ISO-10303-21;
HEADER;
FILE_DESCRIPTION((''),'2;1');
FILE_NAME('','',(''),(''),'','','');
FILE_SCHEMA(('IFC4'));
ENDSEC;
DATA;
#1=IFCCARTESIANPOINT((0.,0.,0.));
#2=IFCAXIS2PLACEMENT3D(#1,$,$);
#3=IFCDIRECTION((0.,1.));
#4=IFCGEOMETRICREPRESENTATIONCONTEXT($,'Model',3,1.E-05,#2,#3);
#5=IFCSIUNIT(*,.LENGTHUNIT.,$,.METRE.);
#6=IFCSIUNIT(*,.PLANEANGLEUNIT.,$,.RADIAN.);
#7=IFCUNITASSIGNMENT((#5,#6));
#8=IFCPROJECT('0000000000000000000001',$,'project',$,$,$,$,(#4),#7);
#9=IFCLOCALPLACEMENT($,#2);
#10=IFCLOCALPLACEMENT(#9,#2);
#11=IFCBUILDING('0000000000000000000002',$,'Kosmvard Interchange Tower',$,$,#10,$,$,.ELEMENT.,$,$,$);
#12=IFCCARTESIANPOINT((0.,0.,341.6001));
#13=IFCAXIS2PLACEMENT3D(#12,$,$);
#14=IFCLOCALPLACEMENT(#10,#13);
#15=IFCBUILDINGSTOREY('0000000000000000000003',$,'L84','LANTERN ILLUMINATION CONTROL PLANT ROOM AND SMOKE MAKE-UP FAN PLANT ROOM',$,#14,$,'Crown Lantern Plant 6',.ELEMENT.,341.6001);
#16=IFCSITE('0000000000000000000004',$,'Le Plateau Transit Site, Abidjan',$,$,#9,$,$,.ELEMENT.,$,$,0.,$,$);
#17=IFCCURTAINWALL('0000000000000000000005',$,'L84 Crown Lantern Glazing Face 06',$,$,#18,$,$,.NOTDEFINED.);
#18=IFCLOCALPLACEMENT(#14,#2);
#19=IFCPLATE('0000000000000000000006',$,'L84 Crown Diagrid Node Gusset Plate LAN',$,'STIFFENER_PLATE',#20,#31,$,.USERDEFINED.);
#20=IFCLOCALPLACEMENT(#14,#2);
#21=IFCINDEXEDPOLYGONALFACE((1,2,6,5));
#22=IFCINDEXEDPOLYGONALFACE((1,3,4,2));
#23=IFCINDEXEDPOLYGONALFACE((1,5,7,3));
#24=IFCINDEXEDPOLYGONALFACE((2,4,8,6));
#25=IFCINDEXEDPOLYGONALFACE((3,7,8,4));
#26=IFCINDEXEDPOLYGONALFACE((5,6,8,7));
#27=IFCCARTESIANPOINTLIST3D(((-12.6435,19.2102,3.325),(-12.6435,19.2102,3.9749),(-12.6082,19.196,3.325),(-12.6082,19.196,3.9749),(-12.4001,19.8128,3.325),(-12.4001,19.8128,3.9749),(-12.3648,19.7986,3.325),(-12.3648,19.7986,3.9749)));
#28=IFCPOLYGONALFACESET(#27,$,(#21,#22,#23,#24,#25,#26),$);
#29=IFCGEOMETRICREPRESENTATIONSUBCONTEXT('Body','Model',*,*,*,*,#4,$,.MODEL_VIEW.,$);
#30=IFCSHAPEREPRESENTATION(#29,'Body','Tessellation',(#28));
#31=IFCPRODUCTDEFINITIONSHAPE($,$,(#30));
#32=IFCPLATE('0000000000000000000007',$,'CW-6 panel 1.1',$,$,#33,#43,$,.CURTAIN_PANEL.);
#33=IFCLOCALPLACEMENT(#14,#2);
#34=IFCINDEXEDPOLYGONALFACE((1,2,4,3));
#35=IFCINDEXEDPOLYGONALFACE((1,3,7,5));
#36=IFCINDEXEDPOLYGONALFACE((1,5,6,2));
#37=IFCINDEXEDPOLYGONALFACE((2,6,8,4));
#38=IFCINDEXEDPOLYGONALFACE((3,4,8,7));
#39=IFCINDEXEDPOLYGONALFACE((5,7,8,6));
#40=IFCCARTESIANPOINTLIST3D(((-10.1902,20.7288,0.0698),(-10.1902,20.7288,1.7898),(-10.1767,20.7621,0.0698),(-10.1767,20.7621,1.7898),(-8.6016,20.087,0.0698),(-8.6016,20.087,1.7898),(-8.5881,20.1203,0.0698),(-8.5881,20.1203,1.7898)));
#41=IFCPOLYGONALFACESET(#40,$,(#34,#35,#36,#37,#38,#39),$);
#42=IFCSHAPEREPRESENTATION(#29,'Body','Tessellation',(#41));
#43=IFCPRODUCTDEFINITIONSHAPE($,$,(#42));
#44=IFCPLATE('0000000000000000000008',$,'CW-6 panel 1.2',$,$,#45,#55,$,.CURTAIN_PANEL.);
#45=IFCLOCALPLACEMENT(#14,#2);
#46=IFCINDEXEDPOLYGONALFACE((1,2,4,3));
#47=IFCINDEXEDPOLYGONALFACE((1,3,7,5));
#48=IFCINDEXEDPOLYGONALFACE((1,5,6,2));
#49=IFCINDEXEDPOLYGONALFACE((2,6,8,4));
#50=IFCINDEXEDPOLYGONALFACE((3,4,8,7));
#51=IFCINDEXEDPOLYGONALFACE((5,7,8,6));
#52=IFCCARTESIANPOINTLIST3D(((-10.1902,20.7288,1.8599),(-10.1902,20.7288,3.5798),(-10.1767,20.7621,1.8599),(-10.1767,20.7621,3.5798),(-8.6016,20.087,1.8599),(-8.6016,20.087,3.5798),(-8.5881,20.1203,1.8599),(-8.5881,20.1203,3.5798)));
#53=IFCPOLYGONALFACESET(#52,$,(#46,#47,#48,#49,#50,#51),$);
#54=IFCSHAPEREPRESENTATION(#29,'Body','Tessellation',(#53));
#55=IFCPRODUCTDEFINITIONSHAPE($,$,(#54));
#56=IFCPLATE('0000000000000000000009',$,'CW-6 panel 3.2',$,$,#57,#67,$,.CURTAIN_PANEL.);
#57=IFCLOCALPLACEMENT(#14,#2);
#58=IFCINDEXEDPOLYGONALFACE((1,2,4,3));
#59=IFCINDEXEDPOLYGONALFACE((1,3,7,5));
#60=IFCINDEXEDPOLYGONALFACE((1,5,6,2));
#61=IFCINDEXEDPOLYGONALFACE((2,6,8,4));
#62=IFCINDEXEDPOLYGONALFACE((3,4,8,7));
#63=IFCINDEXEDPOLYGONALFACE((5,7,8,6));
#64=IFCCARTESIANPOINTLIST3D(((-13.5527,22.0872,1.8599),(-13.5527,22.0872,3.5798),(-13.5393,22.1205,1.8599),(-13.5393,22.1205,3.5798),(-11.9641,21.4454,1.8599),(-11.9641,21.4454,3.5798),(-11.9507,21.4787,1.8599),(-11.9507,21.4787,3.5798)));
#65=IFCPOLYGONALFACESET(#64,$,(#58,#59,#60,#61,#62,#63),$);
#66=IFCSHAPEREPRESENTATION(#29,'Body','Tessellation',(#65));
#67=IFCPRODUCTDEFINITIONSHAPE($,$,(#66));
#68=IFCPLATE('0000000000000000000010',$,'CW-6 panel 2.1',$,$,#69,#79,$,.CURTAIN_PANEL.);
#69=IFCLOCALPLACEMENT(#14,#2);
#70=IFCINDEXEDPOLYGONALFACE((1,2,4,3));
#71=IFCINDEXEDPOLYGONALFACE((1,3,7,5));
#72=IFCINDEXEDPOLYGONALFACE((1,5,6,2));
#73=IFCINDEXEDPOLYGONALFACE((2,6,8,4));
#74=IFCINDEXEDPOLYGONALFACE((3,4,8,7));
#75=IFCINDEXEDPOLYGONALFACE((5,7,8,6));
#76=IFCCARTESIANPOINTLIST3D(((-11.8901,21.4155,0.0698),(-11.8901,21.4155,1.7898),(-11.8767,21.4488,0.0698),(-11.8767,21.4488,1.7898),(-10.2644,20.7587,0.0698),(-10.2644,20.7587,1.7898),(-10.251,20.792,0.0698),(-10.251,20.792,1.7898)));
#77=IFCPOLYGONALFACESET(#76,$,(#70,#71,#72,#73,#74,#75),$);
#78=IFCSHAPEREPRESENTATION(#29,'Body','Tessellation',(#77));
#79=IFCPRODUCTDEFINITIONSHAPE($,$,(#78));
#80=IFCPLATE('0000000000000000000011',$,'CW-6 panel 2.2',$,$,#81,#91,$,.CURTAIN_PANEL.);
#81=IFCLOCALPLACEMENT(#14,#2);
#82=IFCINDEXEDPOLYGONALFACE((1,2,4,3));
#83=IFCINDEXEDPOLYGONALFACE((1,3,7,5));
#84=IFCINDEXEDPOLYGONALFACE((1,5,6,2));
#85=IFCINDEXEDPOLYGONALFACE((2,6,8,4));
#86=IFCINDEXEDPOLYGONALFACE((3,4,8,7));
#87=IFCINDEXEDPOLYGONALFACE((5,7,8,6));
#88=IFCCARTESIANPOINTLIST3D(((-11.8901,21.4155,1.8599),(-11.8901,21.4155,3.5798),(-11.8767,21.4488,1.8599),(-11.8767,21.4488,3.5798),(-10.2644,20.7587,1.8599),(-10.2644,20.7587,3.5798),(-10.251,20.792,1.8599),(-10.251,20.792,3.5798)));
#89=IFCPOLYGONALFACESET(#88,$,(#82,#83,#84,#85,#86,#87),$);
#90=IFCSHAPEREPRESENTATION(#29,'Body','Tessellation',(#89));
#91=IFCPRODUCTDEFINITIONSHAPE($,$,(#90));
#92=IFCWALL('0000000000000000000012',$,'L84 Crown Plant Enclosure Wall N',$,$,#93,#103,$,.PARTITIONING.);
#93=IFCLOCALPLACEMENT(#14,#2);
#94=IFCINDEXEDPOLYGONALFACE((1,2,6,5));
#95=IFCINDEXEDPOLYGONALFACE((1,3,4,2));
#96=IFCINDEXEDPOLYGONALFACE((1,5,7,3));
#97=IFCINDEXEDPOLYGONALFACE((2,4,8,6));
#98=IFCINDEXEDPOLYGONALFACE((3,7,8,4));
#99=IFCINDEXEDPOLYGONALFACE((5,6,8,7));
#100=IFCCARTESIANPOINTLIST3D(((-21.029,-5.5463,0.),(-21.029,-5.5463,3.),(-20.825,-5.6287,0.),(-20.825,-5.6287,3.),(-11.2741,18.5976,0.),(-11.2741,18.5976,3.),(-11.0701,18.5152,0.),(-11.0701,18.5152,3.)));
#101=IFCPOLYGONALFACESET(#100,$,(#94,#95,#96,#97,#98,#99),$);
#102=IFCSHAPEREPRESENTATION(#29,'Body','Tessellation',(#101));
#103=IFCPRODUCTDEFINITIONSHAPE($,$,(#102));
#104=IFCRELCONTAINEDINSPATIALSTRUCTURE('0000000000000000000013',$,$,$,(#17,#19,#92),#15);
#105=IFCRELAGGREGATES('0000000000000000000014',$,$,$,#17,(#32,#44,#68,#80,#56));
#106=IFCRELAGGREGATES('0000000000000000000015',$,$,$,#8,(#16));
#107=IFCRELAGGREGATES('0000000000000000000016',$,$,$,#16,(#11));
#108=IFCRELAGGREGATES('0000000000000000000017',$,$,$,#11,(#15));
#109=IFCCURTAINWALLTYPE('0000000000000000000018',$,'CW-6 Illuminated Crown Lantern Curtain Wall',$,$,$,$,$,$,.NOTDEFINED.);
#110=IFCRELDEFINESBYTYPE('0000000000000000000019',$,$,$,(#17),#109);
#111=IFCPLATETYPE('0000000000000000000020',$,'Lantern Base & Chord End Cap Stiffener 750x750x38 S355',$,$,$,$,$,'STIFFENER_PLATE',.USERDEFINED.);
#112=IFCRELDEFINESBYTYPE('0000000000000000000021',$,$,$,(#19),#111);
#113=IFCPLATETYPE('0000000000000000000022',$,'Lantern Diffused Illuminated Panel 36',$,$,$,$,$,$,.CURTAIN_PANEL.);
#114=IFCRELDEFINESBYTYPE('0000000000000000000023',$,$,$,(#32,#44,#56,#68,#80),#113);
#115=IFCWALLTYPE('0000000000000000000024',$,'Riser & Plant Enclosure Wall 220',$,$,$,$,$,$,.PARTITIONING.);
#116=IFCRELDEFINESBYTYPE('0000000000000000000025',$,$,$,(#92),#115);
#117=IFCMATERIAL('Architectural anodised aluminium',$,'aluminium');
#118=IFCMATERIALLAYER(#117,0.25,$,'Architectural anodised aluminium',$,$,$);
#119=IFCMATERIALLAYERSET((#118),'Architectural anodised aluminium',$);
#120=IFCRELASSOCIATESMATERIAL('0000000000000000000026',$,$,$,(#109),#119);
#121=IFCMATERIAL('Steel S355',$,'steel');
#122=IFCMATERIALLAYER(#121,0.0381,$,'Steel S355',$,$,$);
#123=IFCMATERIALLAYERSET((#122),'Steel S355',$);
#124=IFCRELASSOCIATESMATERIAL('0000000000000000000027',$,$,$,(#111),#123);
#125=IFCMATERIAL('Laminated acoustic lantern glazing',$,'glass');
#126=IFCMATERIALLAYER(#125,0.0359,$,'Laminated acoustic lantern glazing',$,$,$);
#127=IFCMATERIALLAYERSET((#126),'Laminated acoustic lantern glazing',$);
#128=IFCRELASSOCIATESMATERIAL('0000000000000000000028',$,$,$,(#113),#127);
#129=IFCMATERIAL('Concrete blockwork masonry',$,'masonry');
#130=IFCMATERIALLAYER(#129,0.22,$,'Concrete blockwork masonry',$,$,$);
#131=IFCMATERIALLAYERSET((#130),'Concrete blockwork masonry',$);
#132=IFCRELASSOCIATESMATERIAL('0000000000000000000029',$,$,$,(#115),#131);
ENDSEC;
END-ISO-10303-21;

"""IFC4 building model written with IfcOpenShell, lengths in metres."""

from ifc_helpers import new_model, si_unit, direction, frame, frame_2d, origin, origin_2d, place, context, subcontext, project, spatial, rectangle, extrude, source, transform, mapped, material, layer, layer_set, type_object, element, aggregate, save


model = new_model("IFC4")

# Units and contexts
model_context = context("Model", 3, precision=1e-05, world=origin(), true_north=direction((0.0, 1.0)))
body_context = subcontext(model_context, "Body", "Model", "MODEL_VIEW")
ifc_project = project(units=[si_unit("LENGTHUNIT", "METRE"), si_unit("PLANEANGLEUNIT", "RADIAN")], contexts=[model_context])

# Site, building, storey
site_placement = place(None, origin())
site = spatial("IfcSite", under=ifc_project, at=site_placement, Name="Le Plateau Transit Site, Abidjan", CompositionType="ELEMENT", RefElevation=0.0)
building_placement = place(site_placement, origin())
building = spatial("IfcBuilding", under=site, at=building_placement, Name="Kosmvard Interchange Tower", CompositionType="ELEMENT")
storey_placement = place(building_placement, frame((0.0, 0.0, 341.6001)))
storey = spatial("IfcBuildingStorey", under=building, at=storey_placement, Name="L84", Description="LANTERN ILLUMINATION CONTROL PLANT ROOM AND SMOKE MAKE-UP FAN PLANT ROOM", LongName="Crown Lantern Plant 6", CompositionType="ELEMENT", Elevation=341.6001)

# Shared definitions
ifc_material_1 = material(Name="Steel S355", Category="steel")

# Curtain wall
ifc_material_2 = material(Name="Architectural anodised aluminium", Category="aluminium")
ifc_layer_1 = layer(ifc_material_2, 0.25, Name="Architectural anodised aluminium")
ifc_layer_set_1 = layer_set([ifc_layer_1], Name="Architectural anodised aluminium")
curtain_wall_type = type_object("IfcCurtainWallType", Name="CW-6 Illuminated Crown Lantern Curtain Wall", PredefinedType="NOTDEFINED", material=ifc_layer_set_1)
curtain_wall_placement = place(storey_placement, origin())
curtain_wall = element("IfcCurtainWall", 1, at=curtain_wall_placement, inside=storey, type_object=curtain_wall_type, Name="L84 Crown Lantern Glazing Face 06", PredefinedType="NOTDEFINED")

# Plates
ifc_layer_2 = layer(ifc_material_1, 0.0381, Name="Steel S355")
ifc_layer_set_2 = layer_set([ifc_layer_2], Name="Steel S355")
plate_type_1 = type_object("IfcPlateType", Name="Lantern Base & Chord End Cap Stiffener 750x750x38 S355", ElementType="STIFFENER_PLATE", PredefinedType="USERDEFINED", material=ifc_layer_set_2)
shared_shape_1 = source(origin(), body_context, "Body", "SweptSolid", [
    extrude(rectangle(XDim=0.6499, YDim=0.0381, at=origin_2d()), origin(), (0.0, 0.0, 1.0), 0.6499),
])
plate_1_placement = place(storey_placement, frame((-12.5042, 19.5044, 3.325), z_axis=(0.0, 0.0, 1.0), x_axis=(0.374607, 0.927184, 0.0)))
element("IfcPlate", 2, at=plate_1_placement, inside=storey, type_object=plate_type_1, Name="L84 Crown Diagrid Node Gusset Plate LAN", ObjectType="STIFFENER_PLATE", PredefinedType="USERDEFINED", context=body_context, shape_type="MappedRepresentation", body=[
    mapped(shared_shape_1, transform((0.0, 0.0, 0.0), scale=1.0)),
])
ifc_material_3 = material(Name="Laminated acoustic lantern glazing", Category="glass")
ifc_layer_3 = layer(ifc_material_3, 0.0359, Name="Laminated acoustic lantern glazing")
ifc_layer_set_3 = layer_set([ifc_layer_3], Name="Laminated acoustic lantern glazing")
plate_type_2 = type_object("IfcPlateType", Name="Lantern Diffused Illuminated Panel 36", PredefinedType="CURTAIN_PANEL", material=ifc_layer_set_3)
shared_shape_2 = source(origin(), body_context, "Body", "SweptSolid", [
    extrude(rectangle(XDim=1.7134, YDim=0.0359, at=origin_2d()), origin(), (0.0, 0.0, 1.0), 1.72),
])
plate_2_placement = place(storey_placement, frame((-9.3892, 20.4246, 0.0698), z_axis=(0.0, 0.0, 1.0), x_axis=(-0.927184, 0.374607, 0.0)))
plate_2 = element("IfcPlate", 3, at=plate_2_placement, type_object=plate_type_2, Name="CW-6 panel 1.1", PredefinedType="CURTAIN_PANEL", context=body_context, shape_type="MappedRepresentation", body=[
    mapped(shared_shape_2, transform((0.0, 0.0, 0.0), scale=1.0)),
])
plate_3_placement = place(storey_placement, frame((-9.3892, 20.4246, 1.8599), z_axis=(0.0, 0.0, 1.0), x_axis=(-0.927184, 0.374607, 0.0)))
plate_3 = element("IfcPlate", 4, at=plate_3_placement, type_object=plate_type_2, Name="CW-6 panel 1.2", PredefinedType="CURTAIN_PANEL", context=body_context, shape_type="MappedRepresentation", body=[
    mapped(shared_shape_2, transform((0.0, 0.0, 0.0), scale=1.0)),
])
plate_4_placement = place(storey_placement, frame((-12.7517, 21.783, 1.8599), z_axis=(0.0, 0.0, 1.0), x_axis=(-0.927184, 0.374607, 0.0)))
plate_4 = element("IfcPlate", 5, at=plate_4_placement, type_object=plate_type_2, Name="CW-6 panel 3.2", PredefinedType="CURTAIN_PANEL", context=body_context, shape_type="MappedRepresentation", body=[
    mapped(shared_shape_2, transform((0.0, 0.0, 0.0), scale=1.0)),
])
shared_shape_3 = source(origin(), body_context, "Body", "SweptSolid", [
    extrude(rectangle(XDim=1.7534, YDim=0.0359, at=origin_2d()), origin(), (0.0, 0.0, 1.0), 1.72),
])
plate_5_placement = place(storey_placement, frame((-11.0706, 21.1038, 0.0698), z_axis=(0.0, 0.0, 1.0), x_axis=(-0.927184, 0.374607, 0.0)))
plate_5 = element("IfcPlate", 6, at=plate_5_placement, type_object=plate_type_2, Name="CW-6 panel 2.1", PredefinedType="CURTAIN_PANEL", context=body_context, shape_type="MappedRepresentation", body=[
    mapped(shared_shape_3, transform((0.0, 0.0, 0.0), scale=1.0)),
])
plate_6_placement = place(storey_placement, frame((-11.0706, 21.1038, 1.8599), z_axis=(0.0, 0.0, 1.0), x_axis=(-0.927184, 0.374607, 0.0)))
plate_6 = element("IfcPlate", 7, at=plate_6_placement, type_object=plate_type_2, Name="CW-6 panel 2.2", PredefinedType="CURTAIN_PANEL", context=body_context, shape_type="MappedRepresentation", body=[
    mapped(shared_shape_3, transform((0.0, 0.0, 0.0), scale=1.0)),
])
aggregate(curtain_wall, [plate_2, plate_3, plate_5, plate_6, plate_4])

# Wall
ifc_material_4 = material(Name="Concrete blockwork masonry", Category="masonry")
ifc_layer_4 = layer(ifc_material_4, 0.22, Name="Concrete blockwork masonry")
ifc_layer_set_4 = layer_set([ifc_layer_4], Name="Concrete blockwork masonry")
wall_type = type_object("IfcWallType", Name="Riser & Plant Enclosure Wall 220", PredefinedType="PARTITIONING", material=ifc_layer_set_4)
wall_placement = place(storey_placement, frame((-11.1721, 18.5564, 0.0), z_axis=(0.0, 0.0, 1.0), x_axis=(-0.374612, -0.927182, 0.0)))
element("IfcWall", 8, at=wall_placement, inside=storey, type_object=wall_type, Name="L84 Crown Plant Enclosure Wall N", PredefinedType="PARTITIONING", context=body_context, shape_type="SweptSolid", body=[
    extrude(rectangle(XDim=26.04, YDim=0.22, at=frame_2d((13.02, 0.0))), origin(), (0.0, 0.0, 1.0), 3.0),
])

save(model, "model.ifc")
